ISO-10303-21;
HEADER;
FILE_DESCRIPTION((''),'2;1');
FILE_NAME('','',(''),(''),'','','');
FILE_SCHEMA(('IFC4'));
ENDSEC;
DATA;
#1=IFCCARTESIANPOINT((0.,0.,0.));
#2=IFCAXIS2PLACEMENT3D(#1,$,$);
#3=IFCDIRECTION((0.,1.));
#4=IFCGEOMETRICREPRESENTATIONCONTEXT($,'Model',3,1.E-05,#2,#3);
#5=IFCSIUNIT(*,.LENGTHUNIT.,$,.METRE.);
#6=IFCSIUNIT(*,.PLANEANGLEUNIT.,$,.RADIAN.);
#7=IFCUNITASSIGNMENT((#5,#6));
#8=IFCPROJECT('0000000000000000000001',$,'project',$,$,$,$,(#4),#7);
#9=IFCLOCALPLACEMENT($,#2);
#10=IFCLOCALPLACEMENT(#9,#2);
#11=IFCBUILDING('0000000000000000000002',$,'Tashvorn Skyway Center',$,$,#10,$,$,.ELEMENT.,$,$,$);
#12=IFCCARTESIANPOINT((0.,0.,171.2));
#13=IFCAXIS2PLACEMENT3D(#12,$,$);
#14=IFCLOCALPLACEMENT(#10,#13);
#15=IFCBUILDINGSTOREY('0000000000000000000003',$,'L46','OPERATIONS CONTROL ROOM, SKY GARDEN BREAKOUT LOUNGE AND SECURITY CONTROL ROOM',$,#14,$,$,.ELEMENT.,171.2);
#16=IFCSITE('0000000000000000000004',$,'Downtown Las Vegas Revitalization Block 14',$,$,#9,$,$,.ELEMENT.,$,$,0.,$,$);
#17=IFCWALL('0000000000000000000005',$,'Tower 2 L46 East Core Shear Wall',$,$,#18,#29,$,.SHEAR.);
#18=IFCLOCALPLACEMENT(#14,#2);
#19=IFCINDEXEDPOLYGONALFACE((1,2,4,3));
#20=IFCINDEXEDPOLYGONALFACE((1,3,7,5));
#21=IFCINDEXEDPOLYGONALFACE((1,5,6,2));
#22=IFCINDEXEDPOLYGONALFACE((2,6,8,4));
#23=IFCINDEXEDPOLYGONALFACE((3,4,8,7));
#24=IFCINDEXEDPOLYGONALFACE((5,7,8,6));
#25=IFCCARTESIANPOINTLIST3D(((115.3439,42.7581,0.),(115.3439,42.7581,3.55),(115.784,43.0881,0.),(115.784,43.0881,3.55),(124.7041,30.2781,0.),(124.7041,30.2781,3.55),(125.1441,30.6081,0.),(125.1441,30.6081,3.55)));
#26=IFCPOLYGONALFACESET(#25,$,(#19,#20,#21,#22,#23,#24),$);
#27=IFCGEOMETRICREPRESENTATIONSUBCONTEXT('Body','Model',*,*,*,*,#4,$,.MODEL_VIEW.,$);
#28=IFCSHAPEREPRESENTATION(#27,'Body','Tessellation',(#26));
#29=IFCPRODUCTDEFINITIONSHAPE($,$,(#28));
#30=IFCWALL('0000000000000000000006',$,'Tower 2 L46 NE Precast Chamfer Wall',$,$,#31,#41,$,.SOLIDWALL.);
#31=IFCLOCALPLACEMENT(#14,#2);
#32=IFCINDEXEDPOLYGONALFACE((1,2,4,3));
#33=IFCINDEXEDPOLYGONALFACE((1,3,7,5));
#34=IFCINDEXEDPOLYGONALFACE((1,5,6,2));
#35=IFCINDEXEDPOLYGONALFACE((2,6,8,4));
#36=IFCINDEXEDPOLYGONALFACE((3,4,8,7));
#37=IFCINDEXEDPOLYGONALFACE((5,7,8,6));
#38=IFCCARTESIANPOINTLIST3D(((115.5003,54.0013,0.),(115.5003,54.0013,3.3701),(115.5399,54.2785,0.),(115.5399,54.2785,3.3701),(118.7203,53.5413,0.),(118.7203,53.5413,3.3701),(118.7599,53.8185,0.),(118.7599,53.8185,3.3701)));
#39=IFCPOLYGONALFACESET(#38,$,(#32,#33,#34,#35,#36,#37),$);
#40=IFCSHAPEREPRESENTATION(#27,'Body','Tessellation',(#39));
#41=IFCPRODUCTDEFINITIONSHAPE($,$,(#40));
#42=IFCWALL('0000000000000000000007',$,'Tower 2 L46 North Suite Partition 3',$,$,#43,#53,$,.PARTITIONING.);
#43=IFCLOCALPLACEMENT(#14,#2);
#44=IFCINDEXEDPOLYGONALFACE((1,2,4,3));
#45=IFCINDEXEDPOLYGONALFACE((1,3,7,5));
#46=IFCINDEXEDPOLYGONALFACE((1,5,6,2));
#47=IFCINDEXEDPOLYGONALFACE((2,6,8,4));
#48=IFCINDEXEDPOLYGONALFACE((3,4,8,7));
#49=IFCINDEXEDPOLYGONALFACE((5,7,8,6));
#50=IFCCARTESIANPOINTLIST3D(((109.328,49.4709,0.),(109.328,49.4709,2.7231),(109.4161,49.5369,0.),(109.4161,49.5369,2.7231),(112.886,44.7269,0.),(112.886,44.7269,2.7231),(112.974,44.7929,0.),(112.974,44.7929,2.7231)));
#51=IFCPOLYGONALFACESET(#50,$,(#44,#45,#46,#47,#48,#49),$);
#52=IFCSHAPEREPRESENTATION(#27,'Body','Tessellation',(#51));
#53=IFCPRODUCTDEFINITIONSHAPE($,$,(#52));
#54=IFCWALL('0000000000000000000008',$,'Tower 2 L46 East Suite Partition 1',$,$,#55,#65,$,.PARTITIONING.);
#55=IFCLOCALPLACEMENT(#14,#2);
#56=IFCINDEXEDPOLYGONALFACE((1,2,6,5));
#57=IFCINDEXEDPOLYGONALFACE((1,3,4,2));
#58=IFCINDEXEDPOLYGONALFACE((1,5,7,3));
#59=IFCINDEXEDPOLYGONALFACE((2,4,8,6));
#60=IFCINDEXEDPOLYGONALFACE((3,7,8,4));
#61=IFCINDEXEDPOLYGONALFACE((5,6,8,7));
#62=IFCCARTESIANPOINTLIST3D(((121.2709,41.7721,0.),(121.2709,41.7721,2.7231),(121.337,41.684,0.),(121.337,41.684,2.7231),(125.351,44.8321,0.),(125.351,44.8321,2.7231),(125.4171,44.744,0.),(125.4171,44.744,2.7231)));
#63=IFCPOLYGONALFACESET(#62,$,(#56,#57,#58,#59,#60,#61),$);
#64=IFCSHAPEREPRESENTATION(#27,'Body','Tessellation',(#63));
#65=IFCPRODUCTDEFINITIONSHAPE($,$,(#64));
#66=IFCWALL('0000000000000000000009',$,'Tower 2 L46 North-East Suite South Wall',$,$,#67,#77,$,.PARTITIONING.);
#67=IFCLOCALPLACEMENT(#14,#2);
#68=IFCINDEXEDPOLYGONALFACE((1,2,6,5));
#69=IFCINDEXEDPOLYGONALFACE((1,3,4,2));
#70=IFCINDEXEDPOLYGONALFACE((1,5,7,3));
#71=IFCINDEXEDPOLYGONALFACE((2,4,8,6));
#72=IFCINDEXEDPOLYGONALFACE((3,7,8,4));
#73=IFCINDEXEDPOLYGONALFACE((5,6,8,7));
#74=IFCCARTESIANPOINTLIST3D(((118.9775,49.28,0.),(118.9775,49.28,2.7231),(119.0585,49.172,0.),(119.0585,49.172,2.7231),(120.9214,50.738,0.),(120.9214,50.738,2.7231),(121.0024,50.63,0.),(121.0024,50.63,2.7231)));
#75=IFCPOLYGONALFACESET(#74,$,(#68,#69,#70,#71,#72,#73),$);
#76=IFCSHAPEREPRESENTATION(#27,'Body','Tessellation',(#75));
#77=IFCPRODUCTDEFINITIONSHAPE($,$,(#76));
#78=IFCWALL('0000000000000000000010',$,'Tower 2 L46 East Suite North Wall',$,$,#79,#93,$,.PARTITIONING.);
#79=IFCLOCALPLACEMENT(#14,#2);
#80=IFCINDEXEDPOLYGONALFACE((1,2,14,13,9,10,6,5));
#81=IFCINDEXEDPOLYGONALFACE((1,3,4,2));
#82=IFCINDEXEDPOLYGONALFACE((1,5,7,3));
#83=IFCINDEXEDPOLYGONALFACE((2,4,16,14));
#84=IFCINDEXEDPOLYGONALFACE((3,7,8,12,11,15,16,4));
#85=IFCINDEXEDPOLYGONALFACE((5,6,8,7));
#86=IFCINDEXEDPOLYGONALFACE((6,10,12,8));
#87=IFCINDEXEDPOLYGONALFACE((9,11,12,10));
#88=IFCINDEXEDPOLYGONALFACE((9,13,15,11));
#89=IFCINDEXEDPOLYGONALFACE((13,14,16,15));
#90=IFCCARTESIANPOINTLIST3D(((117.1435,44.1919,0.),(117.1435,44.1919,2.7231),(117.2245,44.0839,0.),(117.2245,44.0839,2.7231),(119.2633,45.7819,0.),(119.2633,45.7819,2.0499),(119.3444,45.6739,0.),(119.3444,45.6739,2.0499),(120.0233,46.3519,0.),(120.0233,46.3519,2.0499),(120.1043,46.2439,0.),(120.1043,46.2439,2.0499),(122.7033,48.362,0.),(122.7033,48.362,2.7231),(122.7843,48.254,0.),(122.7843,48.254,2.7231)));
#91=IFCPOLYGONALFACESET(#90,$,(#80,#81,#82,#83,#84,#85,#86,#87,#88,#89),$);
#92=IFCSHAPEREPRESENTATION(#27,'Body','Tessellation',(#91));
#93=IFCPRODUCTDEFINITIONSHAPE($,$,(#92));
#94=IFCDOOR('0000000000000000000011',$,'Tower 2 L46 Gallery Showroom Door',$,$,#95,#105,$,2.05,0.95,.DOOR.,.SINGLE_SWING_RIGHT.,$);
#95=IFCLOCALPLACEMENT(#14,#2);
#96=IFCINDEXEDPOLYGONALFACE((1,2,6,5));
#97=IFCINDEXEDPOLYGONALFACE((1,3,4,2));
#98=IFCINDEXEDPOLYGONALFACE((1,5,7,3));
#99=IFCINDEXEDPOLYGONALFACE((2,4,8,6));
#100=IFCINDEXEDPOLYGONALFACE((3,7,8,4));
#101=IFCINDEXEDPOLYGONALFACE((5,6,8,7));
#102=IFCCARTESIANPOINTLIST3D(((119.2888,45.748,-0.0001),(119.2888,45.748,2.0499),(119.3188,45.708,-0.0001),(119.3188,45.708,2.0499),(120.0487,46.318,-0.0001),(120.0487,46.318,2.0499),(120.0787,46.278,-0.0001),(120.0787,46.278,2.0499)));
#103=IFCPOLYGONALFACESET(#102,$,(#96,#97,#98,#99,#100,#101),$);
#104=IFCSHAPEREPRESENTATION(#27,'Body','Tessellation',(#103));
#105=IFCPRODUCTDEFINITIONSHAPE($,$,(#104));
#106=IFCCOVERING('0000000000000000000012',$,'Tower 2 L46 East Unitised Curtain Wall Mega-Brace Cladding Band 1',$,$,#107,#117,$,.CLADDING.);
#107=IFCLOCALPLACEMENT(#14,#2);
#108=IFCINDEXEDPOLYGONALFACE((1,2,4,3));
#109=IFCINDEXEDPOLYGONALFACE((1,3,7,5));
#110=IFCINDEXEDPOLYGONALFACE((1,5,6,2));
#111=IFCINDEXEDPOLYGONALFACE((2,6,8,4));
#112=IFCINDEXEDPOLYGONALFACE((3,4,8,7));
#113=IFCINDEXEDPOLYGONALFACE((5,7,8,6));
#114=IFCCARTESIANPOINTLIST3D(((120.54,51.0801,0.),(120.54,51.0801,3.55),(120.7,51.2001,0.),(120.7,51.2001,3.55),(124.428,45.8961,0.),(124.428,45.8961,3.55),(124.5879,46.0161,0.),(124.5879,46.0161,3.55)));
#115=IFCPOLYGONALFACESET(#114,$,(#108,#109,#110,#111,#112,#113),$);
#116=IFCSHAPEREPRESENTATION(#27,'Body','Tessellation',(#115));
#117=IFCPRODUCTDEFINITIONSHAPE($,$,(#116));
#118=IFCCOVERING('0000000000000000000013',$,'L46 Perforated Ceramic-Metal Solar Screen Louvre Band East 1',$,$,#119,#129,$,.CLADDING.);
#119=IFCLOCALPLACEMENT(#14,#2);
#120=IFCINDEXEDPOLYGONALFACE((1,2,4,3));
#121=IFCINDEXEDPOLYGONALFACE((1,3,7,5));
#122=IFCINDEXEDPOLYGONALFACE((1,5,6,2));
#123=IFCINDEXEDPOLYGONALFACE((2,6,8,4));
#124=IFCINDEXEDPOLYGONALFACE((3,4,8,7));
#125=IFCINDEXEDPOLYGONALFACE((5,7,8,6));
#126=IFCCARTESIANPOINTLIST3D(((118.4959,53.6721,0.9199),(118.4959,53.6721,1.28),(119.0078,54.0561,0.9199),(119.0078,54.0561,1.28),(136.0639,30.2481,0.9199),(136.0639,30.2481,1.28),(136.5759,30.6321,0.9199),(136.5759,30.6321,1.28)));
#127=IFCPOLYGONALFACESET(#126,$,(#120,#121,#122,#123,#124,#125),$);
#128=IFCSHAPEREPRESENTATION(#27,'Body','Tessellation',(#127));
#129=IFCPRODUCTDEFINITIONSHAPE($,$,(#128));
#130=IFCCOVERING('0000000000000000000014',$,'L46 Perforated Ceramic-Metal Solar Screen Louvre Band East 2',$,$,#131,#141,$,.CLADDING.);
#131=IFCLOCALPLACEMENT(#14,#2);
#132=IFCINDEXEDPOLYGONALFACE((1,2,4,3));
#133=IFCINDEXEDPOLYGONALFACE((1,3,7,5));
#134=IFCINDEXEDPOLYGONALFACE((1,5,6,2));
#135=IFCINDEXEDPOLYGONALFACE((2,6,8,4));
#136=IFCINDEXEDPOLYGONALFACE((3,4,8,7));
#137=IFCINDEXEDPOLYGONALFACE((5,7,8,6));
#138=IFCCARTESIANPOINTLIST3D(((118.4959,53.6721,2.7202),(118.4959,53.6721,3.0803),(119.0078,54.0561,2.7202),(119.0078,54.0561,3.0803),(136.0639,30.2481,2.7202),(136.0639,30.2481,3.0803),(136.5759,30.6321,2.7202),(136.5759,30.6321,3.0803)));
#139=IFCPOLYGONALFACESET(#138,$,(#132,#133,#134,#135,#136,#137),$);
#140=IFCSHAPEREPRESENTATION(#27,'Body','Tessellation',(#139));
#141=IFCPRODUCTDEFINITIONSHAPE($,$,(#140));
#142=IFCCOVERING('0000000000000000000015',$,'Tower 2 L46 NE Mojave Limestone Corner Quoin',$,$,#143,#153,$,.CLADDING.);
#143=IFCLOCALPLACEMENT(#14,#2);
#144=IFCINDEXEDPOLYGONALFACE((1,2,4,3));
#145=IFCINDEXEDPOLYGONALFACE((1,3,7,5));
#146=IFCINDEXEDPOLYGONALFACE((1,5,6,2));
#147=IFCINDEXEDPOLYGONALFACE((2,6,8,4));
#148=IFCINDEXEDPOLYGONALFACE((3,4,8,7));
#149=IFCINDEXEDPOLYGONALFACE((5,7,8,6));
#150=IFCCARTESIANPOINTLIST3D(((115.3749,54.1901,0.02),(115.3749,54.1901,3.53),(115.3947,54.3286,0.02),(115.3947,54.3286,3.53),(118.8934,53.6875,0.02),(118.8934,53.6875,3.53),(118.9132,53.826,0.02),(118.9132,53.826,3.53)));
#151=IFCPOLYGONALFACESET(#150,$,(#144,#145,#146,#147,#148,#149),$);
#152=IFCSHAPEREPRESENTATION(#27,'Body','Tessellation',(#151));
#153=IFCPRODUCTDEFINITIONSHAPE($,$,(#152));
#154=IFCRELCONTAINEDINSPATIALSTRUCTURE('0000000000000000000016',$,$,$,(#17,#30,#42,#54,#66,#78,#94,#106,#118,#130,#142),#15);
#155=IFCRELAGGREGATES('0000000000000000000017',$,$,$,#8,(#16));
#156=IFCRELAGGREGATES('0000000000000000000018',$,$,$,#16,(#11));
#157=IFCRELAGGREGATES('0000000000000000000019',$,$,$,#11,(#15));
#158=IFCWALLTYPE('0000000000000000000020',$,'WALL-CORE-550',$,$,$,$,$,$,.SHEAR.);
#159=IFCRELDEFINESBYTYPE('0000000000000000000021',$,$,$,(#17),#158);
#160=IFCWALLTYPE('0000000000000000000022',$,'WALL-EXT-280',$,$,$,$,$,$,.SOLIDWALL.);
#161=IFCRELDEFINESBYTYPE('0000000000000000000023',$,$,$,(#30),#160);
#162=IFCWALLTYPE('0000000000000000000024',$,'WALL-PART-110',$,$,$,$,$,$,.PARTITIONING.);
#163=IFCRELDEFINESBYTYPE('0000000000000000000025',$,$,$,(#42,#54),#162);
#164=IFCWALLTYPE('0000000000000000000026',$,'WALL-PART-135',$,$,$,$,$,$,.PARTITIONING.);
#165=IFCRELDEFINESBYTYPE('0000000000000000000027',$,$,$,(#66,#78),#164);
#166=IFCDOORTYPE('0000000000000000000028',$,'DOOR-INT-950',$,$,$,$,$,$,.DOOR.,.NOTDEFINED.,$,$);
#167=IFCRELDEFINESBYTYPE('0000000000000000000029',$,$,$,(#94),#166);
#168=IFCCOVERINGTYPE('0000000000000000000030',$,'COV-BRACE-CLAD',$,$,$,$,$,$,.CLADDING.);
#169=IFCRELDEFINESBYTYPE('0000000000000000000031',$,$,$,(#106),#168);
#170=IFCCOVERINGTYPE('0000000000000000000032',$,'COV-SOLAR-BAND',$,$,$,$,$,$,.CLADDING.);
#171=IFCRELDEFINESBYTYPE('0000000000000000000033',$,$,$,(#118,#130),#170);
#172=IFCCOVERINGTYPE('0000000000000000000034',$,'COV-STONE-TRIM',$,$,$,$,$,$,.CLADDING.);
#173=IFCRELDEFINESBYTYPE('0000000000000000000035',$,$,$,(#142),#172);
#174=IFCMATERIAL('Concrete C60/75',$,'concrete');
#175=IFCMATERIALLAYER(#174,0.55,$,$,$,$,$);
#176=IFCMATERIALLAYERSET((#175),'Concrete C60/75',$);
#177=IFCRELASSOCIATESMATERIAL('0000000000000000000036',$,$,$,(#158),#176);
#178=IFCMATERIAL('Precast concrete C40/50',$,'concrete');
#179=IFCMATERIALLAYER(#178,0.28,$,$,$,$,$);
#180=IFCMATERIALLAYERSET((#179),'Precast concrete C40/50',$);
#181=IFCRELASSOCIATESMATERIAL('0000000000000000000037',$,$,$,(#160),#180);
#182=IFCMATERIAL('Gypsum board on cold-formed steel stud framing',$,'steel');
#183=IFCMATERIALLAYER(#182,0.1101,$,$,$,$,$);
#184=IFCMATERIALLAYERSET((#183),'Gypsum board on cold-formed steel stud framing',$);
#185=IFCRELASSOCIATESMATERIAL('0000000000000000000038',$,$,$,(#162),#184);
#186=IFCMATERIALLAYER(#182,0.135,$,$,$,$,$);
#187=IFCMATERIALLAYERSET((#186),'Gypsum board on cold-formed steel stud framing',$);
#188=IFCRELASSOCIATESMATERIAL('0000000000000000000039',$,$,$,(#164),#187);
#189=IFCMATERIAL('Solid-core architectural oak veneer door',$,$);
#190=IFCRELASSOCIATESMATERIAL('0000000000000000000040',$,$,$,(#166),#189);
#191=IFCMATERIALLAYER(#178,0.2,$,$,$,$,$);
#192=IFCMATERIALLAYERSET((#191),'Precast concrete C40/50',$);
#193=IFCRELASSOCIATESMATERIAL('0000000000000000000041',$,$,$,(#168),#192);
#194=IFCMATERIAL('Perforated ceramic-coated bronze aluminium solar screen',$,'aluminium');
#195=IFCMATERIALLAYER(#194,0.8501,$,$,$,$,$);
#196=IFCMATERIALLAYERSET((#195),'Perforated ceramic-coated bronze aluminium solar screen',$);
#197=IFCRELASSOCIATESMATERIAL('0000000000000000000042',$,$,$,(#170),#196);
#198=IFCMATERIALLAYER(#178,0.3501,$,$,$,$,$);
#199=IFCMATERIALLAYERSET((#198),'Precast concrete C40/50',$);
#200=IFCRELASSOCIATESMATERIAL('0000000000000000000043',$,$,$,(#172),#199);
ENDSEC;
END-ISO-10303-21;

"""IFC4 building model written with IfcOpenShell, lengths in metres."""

from ifc_helpers import new_model, si_unit, direction, frame, frame_2d, origin, origin_2d, place, context, subcontext, project, spatial, rectangle, extrude, material, layer, layer_set, type_object, element, fill, save


model = new_model("IFC4")

# Units and contexts
model_context = context("Model", 3, precision=1e-05, world=origin(), true_north=direction((0.0, 1.0)))
body_context = subcontext(model_context, "Body", "Model", "MODEL_VIEW")
ifc_project = project(units=[si_unit("LENGTHUNIT", "METRE"), si_unit("PLANEANGLEUNIT", "RADIAN")], contexts=[model_context])

# Site, building, storey
site_placement = place(None, origin())
site = spatial("IfcSite", under=ifc_project, at=site_placement, Name="Downtown Las Vegas Revitalization Block 14", CompositionType="ELEMENT", RefElevation=0.0)
building_placement = place(site_placement, origin())
building = spatial("IfcBuilding", under=site, at=building_placement, Name="Tashvorn Skyway Center", CompositionType="ELEMENT")
storey_placement = place(building_placement, frame((0.0, 0.0, 171.2)))
storey = spatial("IfcBuildingStorey", under=building, at=storey_placement, Name="L46", Description="OPERATIONS CONTROL ROOM, SKY GARDEN BREAKOUT LOUNGE AND SECURITY CONTROL ROOM", CompositionType="ELEMENT", Elevation=171.2)

# Walls
ifc_material_1 = material(Name="Concrete C60/75", Category="concrete")
ifc_layer_1 = layer(ifc_material_1, 0.55)
ifc_layer_set_1 = layer_set([ifc_layer_1], Name="Concrete C60/75")
wall_type_1 = type_object("IfcWallType", Name="WALL-CORE-550", PredefinedType="SHEAR", material=ifc_layer_set_1)
wall_1_placement = place(storey_placement, frame((115.564, 42.9231, 0.0), z_axis=(0.0, 0.0, 1.0), x_axis=(0.600005, -0.799996, 0.0)))
element("IfcWall", 1, at=wall_1_placement, inside=storey, type_object=wall_type_1, Name="Tower 2 L46 East Core Shear Wall", PredefinedType="SHEAR", context=body_context, shape_type="SweptSolid", body=[
    extrude(rectangle(XDim=15.6001, YDim=0.55, at=frame_2d((7.8, 0.0))), origin(), (0.0, 0.0, 1.0), 3.55),
])
ifc_material_2 = material(Name="Precast concrete C40/50", Category="concrete")
ifc_layer_2 = layer(ifc_material_2, 0.28)
ifc_layer_set_2 = layer_set([ifc_layer_2], Name="Precast concrete C40/50")
wall_type_2 = type_object("IfcWallType", Name="WALL-EXT-280", PredefinedType="SOLIDWALL", material=ifc_layer_set_2)
wall_2_placement = place(storey_placement, frame((115.52, 54.1399, 0.0), z_axis=(0.0, 0.0, 1.0), x_axis=(0.989951, -0.141411, 0.0)))
element("IfcWall", 2, at=wall_2_placement, inside=storey, type_object=wall_type_2, Name="Tower 2 L46 NE Precast Chamfer Wall", PredefinedType="SOLIDWALL", context=body_context, shape_type="SweptSolid", body=[
    extrude(rectangle(XDim=3.2527, YDim=0.28, at=frame_2d((1.6265, 0.0))), origin(), (0.0, 0.0, 1.0), 3.3701),
])
ifc_material_3 = material(Name="Gypsum board on cold-formed steel stud framing", Category="steel")
ifc_layer_3 = layer(ifc_material_3, 0.1101)
ifc_layer_set_3 = layer_set([ifc_layer_3], Name="Gypsum board on cold-formed steel stud framing")
wall_type_3 = type_object("IfcWallType", Name="WALL-PART-110", PredefinedType="PARTITIONING", material=ifc_layer_set_3)
wall_3_placement = place(storey_placement, frame((112.9299, 44.76, 0.0), z_axis=(0.0, 0.0, 1.0), x_axis=(-0.599993, 0.800005, 0.0)))
element("IfcWall", 3, at=wall_3_placement, inside=storey, type_object=wall_type_3, Name="Tower 2 L46 North Suite Partition 3", PredefinedType="PARTITIONING", context=body_context, shape_type="SweptSolid", body=[
    extrude(rectangle(XDim=5.9299, YDim=0.1101, at=frame_2d((2.9648, 0.0))), origin(), (0.0, 0.0, 1.0), 2.7231),
])
wall_4_placement = place(storey_placement, frame((125.384, 44.7881, 0.0), z_axis=(0.0, 0.0, 1.0), x_axis=(-0.8, -0.6, 0.0)))
element("IfcWall", 4, at=wall_4_placement, inside=storey, type_object=wall_type_3, Name="Tower 2 L46 East Suite Partition 1", PredefinedType="PARTITIONING", context=body_context, shape_type="SweptSolid", body=[
    extrude(rectangle(XDim=5.1001, YDim=0.1101, at=frame_2d((2.55, 0.0))), origin(), (0.0, 0.0, 1.0), 2.7231),
])
ifc_layer_4 = layer(ifc_material_3, 0.135)
ifc_layer_set_4 = layer_set([ifc_layer_4], Name="Gypsum board on cold-formed steel stud framing")
wall_type_4 = type_object("IfcWallType", Name="WALL-PART-135", PredefinedType="PARTITIONING", material=ifc_layer_set_4)
wall_5_placement = place(storey_placement, frame((119.0181, 49.2261, 0.0), z_axis=(0.0, 0.0, 1.0), x_axis=(0.799976, 0.600032, 0.0)))
element("IfcWall", 5, at=wall_5_placement, inside=storey, type_object=wall_type_4, Name="Tower 2 L46 North-East Suite South Wall", PredefinedType="PARTITIONING", context=body_context, shape_type="SweptSolid", body=[
    extrude(rectangle(XDim=2.4299, YDim=0.135, at=frame_2d((1.2148, 0.0))), origin(), (0.0, 0.0, 1.0), 2.7231),
])

# Wall, opening, door
wall_6_placement = place(storey_placement, frame((122.7439, 48.3081, 0.0), z_axis=(0.0, 0.0, 1.0), x_axis=(-0.799979, -0.600028, 0.0)))
wall_6 = element("IfcWall", 6, at=wall_6_placement, inside=storey, type_object=wall_type_4, Name="Tower 2 L46 East Suite North Wall", PredefinedType="PARTITIONING", context=body_context, shape_type="SweptSolid", body=[
    extrude(rectangle(XDim=6.95, YDim=0.135, at=frame_2d((3.4751, 0.0))), origin(), (0.0, 0.0, 1.0), 2.7231),
])
opening_placement = place(wall_6_placement, frame((3.3501, 0.0, 0.0)))
opening = element("IfcOpeningElement", 7, at=opening_placement, cuts=wall_6, PredefinedType="OPENING", context=body_context, shape_type="SweptSolid", body=[
    extrude(rectangle(XDim=0.95, YDim=2.05, at=frame_2d((0.4751, 1.0249))), frame((0.0, 0.0774, 0.0), z_axis=(0.0, -1.0, 0.0), x_axis=(1.0, 0.0, 0.0)), (0.0, 0.0, 1.0), 0.155),
])
ifc_material_4 = material(Name="Solid-core architectural oak veneer door")
door_type = type_object("IfcDoorType", Name="DOOR-INT-950", OperationType="NOTDEFINED", PredefinedType="DOOR", material=ifc_material_4)
door_placement = place(opening_placement, origin())
door = element("IfcDoor", 8, at=door_placement, inside=storey, type_object=door_type, Name="Tower 2 L46 Gallery Showroom Door", OperationType="SINGLE_SWING_RIGHT", OverallHeight=2.05, OverallWidth=0.95, PredefinedType="DOOR", context=body_context, shape_type="SweptSolid", body=[
    extrude(rectangle(XDim=0.95, YDim=2.05, at=frame_2d((0.4751, 1.0249))), frame((0.0, 0.0249, 0.0), z_axis=(0.0, -1.0, 0.0), x_axis=(1.0, 0.0, 0.0)), (0.0, 0.0, 1.0), 0.05),
])
fill(opening, door)

# Coverings
ifc_layer_5 = layer(ifc_material_2, 0.2)
ifc_layer_set_5 = layer_set([ifc_layer_5], Name="Precast concrete C40/50")
covering_type_1 = type_object("IfcCoveringType", Name="COV-BRACE-CLAD", PredefinedType="CLADDING", material=ifc_layer_set_5)
covering_1_placement = place(storey_placement, frame((122.564, 48.5481, 0.0), z_axis=(0.0, 0.0, 1.0), x_axis=(0.6, -0.8, 0.0)))
element("IfcCovering", 9, at=covering_1_placement, inside=storey, type_object=covering_type_1, Name="Tower 2 L46 East Unitised Curtain Wall Mega-Brace Cladding Band 1", PredefinedType="CLADDING", context=body_context, shape_type="SweptSolid", body=[
    extrude(rectangle(XDim=6.48, YDim=0.2, at=origin_2d()), origin(), (0.0, 0.0, 1.0), 3.55),
])
ifc_material_5 = material(Name="Perforated ceramic-coated bronze aluminium solar screen", Category="aluminium")
ifc_layer_6 = layer(ifc_material_5, 0.8501)
ifc_layer_set_6 = layer_set([ifc_layer_6], Name="Perforated ceramic-coated bronze aluminium solar screen")
covering_type_2 = type_object("IfcCoveringType", Name="COV-SOLAR-BAND", PredefinedType="CLADDING", material=ifc_layer_set_6)
for number, where, z_axis, x_axis, name in (
    (10, (127.5359, 42.1521, 0.9199), (0.0, 0.0, 1.0), (0.6, -0.8, 0.0), "L46 Perforated Ceramic-Metal Solar Screen Louvre Band East 1"),
    (11, (127.5359, 42.1521, 2.7202), (0.0, 0.0, 1.0), (0.6, -0.8, 0.0), "L46 Perforated Ceramic-Metal Solar Screen Louvre Band East 2"),
):
    element("IfcCovering", number, at=place(storey_placement, frame(where, z_axis=z_axis, x_axis=x_axis)), inside=storey, type_object=covering_type_2, Name=name, PredefinedType="CLADDING", context=body_context, shape_type="SweptSolid", body=[
        extrude(rectangle(XDim=29.28, YDim=0.6399, at=origin_2d()), origin(), (0.0, 0.0, 1.0), 0.3601),
    ])
ifc_layer_7 = layer(ifc_material_2, 0.3501)
ifc_layer_set_7 = layer_set([ifc_layer_7], Name="Precast concrete C40/50")
covering_type_3 = type_object("IfcCoveringType", Name="COV-STONE-TRIM", PredefinedType="CLADDING", material=ifc_layer_set_7)
covering_2_placement = place(storey_placement, frame((117.144, 54.0081, 0.02), z_axis=(0.0, 0.0, 1.0), x_axis=(0.989949, -0.141421, 0.0)))
element("IfcCovering", 12, at=covering_2_placement, inside=storey, type_object=covering_type_3, Name="Tower 2 L46 NE Mojave Limestone Corner Quoin", PredefinedType="CLADDING", context=body_context, shape_type="SweptSolid", body=[
    extrude(rectangle(XDim=3.5542, YDim=0.1399, at=origin_2d()), origin(), (0.0, 0.0, 1.0), 3.51),
])

save(model, "model.ifc")
